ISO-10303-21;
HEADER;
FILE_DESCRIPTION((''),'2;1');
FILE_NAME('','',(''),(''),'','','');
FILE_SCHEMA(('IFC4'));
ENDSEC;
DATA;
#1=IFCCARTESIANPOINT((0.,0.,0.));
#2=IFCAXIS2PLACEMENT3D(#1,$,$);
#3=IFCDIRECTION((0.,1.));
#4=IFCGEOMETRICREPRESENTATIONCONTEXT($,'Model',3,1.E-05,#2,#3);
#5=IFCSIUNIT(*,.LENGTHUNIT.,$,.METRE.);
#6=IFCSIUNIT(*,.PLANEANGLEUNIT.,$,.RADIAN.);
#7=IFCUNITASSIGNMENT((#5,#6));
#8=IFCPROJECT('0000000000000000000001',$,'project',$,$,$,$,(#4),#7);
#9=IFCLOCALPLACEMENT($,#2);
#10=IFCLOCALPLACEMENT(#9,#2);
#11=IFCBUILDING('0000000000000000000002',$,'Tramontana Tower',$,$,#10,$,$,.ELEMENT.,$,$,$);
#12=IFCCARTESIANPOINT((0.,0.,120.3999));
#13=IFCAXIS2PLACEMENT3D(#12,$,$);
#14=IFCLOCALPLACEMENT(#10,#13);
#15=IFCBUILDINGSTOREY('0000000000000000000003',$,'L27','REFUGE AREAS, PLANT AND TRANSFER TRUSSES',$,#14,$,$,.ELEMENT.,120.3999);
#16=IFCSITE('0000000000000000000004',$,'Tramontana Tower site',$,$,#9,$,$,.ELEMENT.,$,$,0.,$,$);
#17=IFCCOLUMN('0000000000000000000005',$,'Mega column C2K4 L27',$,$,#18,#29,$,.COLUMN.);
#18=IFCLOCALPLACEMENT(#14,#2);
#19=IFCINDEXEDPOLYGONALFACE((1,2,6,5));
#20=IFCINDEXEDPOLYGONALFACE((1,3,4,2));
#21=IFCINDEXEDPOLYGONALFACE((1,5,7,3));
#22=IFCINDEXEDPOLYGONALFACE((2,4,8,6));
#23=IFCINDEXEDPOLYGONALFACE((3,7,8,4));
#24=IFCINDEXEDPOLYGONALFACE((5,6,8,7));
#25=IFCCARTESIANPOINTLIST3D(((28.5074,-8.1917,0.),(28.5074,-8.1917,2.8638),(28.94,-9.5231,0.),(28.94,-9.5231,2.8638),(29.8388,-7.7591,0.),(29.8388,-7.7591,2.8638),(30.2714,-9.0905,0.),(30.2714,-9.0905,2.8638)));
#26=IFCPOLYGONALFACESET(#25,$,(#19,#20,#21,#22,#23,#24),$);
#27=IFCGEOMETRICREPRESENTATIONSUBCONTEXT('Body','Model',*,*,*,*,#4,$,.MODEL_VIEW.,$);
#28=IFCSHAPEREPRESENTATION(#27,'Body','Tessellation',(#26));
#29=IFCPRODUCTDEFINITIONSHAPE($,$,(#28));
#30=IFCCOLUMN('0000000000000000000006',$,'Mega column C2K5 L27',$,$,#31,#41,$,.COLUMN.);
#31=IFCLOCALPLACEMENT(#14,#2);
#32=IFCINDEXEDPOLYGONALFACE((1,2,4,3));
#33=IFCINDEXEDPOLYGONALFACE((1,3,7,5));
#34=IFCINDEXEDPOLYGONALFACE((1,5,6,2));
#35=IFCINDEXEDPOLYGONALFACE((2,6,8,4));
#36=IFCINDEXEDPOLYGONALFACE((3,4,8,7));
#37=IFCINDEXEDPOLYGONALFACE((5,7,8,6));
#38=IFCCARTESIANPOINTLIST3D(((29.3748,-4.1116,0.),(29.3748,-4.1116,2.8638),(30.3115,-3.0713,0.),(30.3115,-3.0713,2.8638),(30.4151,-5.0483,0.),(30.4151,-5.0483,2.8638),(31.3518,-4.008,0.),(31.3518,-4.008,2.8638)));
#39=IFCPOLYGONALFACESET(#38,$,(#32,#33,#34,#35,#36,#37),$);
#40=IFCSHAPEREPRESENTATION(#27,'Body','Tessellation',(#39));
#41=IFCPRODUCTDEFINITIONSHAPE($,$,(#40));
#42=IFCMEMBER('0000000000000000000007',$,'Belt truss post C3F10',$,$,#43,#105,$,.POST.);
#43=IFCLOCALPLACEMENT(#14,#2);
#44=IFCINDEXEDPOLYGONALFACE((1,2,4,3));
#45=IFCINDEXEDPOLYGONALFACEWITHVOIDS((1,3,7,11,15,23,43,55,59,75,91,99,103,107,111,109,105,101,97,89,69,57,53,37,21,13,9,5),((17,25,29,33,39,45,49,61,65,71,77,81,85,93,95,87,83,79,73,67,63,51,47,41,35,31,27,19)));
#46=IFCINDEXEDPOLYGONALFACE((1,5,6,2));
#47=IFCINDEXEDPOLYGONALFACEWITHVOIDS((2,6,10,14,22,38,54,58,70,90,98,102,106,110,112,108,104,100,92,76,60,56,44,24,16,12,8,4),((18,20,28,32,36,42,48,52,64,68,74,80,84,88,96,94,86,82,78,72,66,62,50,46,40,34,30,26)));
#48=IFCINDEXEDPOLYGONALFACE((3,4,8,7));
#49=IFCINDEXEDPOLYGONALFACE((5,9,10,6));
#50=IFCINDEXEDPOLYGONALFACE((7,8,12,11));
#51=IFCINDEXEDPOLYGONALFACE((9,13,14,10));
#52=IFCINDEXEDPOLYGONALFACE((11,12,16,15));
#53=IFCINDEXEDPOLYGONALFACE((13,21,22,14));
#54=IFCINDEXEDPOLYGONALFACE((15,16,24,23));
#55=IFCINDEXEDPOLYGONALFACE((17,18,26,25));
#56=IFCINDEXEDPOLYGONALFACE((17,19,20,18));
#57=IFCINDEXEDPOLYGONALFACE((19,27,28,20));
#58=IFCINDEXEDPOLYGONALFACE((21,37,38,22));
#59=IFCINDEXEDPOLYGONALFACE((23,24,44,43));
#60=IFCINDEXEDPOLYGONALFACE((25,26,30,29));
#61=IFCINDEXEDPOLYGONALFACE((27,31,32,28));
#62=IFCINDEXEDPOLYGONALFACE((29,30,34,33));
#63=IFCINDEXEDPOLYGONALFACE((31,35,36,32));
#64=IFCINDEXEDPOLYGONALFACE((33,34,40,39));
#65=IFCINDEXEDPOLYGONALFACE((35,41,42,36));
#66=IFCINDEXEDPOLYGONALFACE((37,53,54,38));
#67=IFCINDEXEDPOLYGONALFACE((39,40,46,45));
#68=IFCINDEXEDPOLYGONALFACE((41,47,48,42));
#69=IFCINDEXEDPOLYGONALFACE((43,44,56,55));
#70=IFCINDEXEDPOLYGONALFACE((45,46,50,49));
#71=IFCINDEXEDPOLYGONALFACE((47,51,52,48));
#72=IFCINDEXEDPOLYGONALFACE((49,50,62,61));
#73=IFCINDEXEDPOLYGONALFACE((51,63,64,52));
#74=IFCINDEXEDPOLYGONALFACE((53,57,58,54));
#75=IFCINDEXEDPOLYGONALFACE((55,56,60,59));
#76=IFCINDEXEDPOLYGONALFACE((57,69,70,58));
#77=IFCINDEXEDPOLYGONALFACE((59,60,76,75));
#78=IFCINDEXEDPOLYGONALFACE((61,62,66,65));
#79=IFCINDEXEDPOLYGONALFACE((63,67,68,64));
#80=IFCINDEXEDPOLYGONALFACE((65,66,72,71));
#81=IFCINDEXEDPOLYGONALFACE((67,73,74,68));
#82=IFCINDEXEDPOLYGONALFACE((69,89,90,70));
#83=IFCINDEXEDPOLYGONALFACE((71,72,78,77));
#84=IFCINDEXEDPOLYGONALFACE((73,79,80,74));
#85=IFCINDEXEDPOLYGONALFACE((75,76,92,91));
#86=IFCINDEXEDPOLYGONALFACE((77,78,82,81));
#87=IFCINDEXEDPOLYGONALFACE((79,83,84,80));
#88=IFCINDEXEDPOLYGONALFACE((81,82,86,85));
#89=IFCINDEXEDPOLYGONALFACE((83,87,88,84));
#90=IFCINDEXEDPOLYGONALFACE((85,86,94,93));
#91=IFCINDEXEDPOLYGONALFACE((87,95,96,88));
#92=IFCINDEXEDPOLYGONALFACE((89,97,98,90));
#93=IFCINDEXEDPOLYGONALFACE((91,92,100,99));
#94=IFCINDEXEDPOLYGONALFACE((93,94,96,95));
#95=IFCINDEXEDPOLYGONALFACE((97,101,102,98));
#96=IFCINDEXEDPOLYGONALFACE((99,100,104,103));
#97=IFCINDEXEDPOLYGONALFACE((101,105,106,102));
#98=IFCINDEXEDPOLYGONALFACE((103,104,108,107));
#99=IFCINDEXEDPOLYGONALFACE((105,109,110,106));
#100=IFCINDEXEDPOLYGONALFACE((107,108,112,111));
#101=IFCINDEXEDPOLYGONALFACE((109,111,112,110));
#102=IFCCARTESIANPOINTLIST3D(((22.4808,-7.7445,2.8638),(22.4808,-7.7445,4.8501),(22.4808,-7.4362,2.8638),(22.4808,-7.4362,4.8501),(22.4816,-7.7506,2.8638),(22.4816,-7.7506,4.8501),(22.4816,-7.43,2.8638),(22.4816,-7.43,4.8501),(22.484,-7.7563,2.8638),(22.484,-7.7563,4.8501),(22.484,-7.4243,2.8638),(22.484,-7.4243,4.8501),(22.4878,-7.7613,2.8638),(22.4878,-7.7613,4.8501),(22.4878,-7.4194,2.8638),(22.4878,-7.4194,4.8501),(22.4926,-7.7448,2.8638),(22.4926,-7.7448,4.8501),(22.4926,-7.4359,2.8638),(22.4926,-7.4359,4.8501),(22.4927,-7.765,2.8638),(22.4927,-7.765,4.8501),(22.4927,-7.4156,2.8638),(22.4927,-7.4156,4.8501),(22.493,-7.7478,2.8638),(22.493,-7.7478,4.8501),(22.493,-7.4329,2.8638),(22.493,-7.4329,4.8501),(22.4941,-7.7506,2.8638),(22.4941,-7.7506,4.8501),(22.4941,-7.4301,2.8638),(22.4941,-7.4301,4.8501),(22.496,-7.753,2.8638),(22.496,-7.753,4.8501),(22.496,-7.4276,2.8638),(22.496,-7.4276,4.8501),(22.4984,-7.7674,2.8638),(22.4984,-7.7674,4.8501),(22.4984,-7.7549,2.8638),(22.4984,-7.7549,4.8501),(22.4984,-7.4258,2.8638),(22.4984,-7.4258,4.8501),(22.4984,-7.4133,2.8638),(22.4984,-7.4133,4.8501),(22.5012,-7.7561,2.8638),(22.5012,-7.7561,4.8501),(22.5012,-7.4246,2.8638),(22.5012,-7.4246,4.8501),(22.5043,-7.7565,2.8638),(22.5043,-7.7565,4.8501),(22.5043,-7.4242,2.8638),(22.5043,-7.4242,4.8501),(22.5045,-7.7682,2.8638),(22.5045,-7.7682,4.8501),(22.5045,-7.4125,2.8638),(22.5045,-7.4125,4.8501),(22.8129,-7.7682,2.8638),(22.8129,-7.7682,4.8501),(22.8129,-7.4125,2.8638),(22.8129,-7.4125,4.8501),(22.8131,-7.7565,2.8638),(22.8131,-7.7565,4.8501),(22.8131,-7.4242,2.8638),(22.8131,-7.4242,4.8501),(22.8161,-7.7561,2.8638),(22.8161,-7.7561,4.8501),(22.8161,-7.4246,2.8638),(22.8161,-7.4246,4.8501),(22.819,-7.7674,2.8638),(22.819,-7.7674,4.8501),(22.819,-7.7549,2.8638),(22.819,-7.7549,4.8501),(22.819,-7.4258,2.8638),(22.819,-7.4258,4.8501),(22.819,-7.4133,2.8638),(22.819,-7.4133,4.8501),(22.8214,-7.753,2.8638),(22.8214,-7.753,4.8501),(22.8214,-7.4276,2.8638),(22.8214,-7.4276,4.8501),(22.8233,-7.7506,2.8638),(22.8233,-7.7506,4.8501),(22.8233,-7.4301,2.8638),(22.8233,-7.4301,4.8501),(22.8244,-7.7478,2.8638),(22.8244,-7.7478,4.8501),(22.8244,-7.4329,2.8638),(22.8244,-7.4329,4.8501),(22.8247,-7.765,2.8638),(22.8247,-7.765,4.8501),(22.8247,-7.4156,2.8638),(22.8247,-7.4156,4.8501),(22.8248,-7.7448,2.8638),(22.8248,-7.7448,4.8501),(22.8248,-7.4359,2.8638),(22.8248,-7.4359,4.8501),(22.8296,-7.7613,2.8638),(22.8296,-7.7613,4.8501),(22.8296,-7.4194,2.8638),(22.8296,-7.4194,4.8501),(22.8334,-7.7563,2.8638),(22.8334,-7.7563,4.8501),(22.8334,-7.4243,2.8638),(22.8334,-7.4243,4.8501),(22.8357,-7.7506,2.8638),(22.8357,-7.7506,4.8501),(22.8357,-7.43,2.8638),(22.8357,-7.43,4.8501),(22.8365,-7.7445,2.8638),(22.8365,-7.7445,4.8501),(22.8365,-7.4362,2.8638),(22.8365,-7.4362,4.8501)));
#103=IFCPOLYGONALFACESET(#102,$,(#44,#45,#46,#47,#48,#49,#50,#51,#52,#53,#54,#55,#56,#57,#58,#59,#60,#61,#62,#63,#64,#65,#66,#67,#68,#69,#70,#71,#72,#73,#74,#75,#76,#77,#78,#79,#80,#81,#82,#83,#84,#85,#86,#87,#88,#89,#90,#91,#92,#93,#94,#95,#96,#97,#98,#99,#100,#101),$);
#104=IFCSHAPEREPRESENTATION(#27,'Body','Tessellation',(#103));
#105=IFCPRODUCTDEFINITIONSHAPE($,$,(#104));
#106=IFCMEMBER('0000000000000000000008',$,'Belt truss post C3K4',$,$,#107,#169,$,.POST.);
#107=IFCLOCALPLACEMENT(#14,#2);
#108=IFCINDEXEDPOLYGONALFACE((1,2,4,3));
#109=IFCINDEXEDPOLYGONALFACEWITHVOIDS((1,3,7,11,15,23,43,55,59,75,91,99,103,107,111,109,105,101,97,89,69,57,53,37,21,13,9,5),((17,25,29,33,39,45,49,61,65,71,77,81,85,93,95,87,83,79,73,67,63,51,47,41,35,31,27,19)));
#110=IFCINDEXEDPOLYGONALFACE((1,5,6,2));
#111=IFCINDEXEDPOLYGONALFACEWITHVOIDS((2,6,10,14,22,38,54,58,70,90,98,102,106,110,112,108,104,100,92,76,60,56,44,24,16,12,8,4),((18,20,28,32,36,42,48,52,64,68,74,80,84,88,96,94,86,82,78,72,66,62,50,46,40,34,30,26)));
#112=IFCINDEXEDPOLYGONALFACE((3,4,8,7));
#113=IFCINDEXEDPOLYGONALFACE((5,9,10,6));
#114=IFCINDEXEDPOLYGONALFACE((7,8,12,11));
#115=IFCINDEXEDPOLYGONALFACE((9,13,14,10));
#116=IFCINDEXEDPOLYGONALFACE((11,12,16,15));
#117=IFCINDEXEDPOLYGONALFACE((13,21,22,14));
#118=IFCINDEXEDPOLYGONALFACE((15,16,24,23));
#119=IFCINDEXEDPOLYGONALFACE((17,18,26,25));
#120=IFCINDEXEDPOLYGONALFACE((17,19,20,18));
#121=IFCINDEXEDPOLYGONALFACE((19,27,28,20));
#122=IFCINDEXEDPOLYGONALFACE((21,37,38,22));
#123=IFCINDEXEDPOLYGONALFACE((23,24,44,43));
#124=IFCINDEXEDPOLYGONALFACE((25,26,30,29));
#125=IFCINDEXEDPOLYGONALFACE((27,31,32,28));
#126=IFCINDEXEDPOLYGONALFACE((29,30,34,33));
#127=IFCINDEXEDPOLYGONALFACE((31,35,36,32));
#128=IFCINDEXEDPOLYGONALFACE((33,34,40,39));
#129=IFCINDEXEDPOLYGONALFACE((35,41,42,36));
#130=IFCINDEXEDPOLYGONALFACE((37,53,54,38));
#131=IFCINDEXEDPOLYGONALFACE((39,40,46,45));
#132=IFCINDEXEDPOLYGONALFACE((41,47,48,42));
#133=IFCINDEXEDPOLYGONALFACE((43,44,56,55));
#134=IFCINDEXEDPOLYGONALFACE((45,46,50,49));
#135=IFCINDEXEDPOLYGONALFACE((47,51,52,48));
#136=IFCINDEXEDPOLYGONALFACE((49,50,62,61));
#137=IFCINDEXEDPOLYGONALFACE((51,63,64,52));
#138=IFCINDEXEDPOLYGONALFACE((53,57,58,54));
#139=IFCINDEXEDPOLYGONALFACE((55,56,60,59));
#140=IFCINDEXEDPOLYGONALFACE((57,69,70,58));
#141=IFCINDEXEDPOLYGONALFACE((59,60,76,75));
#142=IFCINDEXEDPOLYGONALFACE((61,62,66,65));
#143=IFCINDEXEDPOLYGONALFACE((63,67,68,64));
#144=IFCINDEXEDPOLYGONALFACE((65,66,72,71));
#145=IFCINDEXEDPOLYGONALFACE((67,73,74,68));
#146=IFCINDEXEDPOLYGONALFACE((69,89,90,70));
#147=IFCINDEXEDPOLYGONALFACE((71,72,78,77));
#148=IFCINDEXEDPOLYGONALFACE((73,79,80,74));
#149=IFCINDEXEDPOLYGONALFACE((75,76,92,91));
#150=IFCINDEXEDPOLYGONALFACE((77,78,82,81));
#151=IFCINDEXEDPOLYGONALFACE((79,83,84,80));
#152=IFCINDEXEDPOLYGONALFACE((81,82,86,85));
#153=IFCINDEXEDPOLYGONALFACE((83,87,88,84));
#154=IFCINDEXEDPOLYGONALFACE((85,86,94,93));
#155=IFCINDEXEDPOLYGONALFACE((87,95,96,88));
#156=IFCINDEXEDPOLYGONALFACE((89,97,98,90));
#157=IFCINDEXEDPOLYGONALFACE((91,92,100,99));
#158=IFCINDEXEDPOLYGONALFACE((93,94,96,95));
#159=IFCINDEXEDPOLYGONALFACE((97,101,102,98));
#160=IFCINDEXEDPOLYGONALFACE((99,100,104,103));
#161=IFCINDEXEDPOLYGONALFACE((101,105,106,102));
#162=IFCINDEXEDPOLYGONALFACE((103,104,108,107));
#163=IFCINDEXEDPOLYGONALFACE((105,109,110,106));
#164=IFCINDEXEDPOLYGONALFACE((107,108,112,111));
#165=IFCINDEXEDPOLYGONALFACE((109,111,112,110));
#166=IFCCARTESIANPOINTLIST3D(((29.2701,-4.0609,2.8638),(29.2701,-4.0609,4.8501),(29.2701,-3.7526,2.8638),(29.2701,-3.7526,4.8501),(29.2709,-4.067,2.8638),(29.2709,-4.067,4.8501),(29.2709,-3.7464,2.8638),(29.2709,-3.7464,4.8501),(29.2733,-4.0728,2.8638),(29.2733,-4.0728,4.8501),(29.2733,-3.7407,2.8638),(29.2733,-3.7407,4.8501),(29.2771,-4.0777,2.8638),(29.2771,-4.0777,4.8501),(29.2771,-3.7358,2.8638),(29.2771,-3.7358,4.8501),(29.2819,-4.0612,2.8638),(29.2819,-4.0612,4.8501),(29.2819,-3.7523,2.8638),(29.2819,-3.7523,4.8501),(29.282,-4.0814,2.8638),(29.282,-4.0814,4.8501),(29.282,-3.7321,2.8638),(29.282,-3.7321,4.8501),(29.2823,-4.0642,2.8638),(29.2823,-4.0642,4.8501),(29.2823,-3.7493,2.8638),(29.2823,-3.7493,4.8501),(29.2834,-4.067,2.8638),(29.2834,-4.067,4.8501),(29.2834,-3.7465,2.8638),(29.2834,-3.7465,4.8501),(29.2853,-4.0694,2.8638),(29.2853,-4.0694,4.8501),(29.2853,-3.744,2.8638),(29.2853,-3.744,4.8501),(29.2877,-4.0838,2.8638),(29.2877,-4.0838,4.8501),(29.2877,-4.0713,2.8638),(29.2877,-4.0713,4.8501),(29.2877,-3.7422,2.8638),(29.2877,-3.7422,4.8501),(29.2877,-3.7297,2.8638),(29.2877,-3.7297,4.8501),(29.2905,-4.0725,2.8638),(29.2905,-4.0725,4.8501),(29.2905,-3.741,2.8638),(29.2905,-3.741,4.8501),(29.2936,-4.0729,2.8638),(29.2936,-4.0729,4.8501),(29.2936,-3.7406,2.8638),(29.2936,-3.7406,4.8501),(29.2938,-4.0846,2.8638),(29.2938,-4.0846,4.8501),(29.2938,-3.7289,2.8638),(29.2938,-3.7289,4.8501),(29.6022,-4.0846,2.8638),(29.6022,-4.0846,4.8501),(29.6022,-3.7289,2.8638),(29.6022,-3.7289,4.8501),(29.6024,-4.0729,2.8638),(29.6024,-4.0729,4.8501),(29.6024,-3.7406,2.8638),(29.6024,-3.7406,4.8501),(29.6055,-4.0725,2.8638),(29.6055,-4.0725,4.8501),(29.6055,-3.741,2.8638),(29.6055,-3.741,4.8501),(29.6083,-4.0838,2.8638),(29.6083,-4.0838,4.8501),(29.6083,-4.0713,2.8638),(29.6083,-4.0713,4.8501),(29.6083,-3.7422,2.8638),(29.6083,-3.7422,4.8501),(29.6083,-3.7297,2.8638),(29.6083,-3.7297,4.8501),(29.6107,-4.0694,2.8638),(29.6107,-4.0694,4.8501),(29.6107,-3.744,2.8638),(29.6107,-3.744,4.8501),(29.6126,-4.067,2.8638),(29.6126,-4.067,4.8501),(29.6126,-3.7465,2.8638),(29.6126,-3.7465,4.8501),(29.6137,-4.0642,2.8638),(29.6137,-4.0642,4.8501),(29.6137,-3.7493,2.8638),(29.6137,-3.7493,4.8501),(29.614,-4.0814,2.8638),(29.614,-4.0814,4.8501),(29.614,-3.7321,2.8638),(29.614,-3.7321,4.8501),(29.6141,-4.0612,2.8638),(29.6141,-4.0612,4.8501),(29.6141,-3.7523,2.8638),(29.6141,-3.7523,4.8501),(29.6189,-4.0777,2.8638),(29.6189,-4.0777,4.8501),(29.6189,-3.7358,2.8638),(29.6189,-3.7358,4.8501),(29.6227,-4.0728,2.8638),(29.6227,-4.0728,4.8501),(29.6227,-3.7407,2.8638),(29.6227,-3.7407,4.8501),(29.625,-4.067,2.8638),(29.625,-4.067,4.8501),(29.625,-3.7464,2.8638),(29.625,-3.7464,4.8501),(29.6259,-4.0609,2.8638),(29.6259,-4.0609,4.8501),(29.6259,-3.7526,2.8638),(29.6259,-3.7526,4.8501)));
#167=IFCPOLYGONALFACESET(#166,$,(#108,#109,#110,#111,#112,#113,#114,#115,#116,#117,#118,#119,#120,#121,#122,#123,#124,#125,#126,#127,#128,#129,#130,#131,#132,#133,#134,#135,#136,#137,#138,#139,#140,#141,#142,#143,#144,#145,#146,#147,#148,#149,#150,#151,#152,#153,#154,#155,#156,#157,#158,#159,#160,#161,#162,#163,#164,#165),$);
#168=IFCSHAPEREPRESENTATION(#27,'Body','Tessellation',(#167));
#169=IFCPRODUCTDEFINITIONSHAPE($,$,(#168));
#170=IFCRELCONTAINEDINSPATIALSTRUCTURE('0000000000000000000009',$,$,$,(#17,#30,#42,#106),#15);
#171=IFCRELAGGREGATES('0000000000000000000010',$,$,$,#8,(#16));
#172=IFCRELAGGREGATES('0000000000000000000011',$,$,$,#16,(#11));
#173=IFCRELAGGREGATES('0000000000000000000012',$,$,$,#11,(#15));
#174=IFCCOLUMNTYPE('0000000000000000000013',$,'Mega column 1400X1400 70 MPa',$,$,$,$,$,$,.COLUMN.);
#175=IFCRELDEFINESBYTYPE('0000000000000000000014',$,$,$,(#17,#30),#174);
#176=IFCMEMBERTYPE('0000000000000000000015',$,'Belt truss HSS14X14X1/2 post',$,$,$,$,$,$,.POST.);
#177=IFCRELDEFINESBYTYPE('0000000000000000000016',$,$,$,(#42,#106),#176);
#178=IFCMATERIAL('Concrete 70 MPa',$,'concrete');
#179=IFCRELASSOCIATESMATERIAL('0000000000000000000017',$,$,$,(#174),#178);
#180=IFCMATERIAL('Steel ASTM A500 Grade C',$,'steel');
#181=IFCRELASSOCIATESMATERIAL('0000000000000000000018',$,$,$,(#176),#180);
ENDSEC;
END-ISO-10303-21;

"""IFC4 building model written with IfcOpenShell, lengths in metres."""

from ifc_helpers import new_model, si_unit, direction, frame, origin, origin_2d, place, context, subcontext, project, spatial, rectangle, hollow_rectangle, extrude, material, material_profile, profile_set, type_object, element, save


model = new_model("IFC4")

# Units and contexts
model_context = context("Model", 3, precision=1e-05, world=origin(), true_north=direction((0.0, 1.0)))
body_context = subcontext(model_context, "Body", "Model", "MODEL_VIEW")
ifc_project = project(units=[si_unit("LENGTHUNIT", "METRE"), si_unit("PLANEANGLEUNIT", "RADIAN")], contexts=[model_context])

# Site, building, storey
site_placement = place(None, origin())
site = spatial("IfcSite", under=ifc_project, at=site_placement, Name="Tramontana Tower site", CompositionType="ELEMENT", RefElevation=0.0)
building_placement = place(site_placement, origin())
building = spatial("IfcBuilding", under=site, at=building_placement, Name="Tramontana Tower", CompositionType="ELEMENT")
storey_placement = place(building_placement, frame((0.0, 0.0, 120.3999)))
storey = spatial("IfcBuildingStorey", under=building, at=storey_placement, Name="L27", Description="REFUGE AREAS, PLANT AND TRANSFER TRUSSES", CompositionType="ELEMENT", Elevation=120.3999)

# Columns
ifc_material_1 = material(Name="Concrete 70 MPa", Category="concrete")
ifc_material_profile_1 = material_profile(ifc_material_1, rectangle(XDim=1.3999, YDim=1.3999, at=origin_2d()), Name="Mega column 1400X1400 70 MPa")
ifc_profile_set_1 = profile_set([ifc_material_profile_1], Name="Concrete 70 MPa")
column_type = type_object("IfcColumnType", Name="Mega column 1400X1400 70 MPa", PredefinedType="COLUMN", material=ifc_profile_set_1)
for number, where, z_axis, x_axis, name in (
    (1, (29.3894, -8.6411, 0.0), (0.0, 0.0, 1.0), (0.951057, 0.309017, 0.0), "Mega column C2K4 L27"),
    (2, (30.3633, -4.0598, 0.0), (0.0, 0.0, 1.0), (-0.743145, 0.669131, 0.0), "Mega column C2K5 L27"),
):
    element("IfcColumn", number, at=place(storey_placement, frame(where, z_axis=z_axis, x_axis=x_axis)), inside=storey, type_object=column_type, Name=name, PredefinedType="COLUMN", context=body_context, shape_type="SweptSolid", body=[
        extrude(rectangle(XDim=1.3999, YDim=1.3999, at=origin_2d()), origin(), (0.0, 0.0, 1.0), 2.8638),
    ])

# Members
ifc_material_2 = material(Name="Steel ASTM A500 Grade C", Category="steel")
ifc_material_profile_2 = material_profile(ifc_material_2, hollow_rectangle(XDim=0.3557, YDim=0.3557, WallThickness=0.0117, InnerFilletRadius=0.0117, OuterFilletRadius=0.0237, at=origin_2d()), Name="HSS14X14X1/2")
ifc_profile_set_2 = profile_set([ifc_material_profile_2], Name="Steel ASTM A500 Grade C")
member_type_1 = type_object("IfcMemberType", Name="Belt truss HSS14X14X1/2 post", PredefinedType="POST", material=ifc_profile_set_2)
for number, where, z_axis, x_axis, name in (
    (3, (22.6587, -7.5903, 2.8638), (0.0, 0.0, 1.0), (1.0, 0.0, 0.0), "Belt truss post C3F10"),
    (4, (29.448, -3.9067, 2.8638), (0.0, 0.0, 1.0), (1.0, 0.0, 0.0), "Belt truss post C3K4"),
):
    element("IfcMember", number, at=place(storey_placement, frame(where, z_axis=z_axis, x_axis=x_axis)), inside=storey, type_object=member_type_1, Name=name, PredefinedType="POST", context=body_context, shape_type="SweptSolid", body=[
        extrude(hollow_rectangle(XDim=0.3557, YDim=0.3557, WallThickness=0.0117, InnerFilletRadius=0.0117, OuterFilletRadius=0.0237, at=origin_2d()), origin(), (0.0, 0.0, 1.0), 1.9863),
    ])

save(model, "model.ifc")
